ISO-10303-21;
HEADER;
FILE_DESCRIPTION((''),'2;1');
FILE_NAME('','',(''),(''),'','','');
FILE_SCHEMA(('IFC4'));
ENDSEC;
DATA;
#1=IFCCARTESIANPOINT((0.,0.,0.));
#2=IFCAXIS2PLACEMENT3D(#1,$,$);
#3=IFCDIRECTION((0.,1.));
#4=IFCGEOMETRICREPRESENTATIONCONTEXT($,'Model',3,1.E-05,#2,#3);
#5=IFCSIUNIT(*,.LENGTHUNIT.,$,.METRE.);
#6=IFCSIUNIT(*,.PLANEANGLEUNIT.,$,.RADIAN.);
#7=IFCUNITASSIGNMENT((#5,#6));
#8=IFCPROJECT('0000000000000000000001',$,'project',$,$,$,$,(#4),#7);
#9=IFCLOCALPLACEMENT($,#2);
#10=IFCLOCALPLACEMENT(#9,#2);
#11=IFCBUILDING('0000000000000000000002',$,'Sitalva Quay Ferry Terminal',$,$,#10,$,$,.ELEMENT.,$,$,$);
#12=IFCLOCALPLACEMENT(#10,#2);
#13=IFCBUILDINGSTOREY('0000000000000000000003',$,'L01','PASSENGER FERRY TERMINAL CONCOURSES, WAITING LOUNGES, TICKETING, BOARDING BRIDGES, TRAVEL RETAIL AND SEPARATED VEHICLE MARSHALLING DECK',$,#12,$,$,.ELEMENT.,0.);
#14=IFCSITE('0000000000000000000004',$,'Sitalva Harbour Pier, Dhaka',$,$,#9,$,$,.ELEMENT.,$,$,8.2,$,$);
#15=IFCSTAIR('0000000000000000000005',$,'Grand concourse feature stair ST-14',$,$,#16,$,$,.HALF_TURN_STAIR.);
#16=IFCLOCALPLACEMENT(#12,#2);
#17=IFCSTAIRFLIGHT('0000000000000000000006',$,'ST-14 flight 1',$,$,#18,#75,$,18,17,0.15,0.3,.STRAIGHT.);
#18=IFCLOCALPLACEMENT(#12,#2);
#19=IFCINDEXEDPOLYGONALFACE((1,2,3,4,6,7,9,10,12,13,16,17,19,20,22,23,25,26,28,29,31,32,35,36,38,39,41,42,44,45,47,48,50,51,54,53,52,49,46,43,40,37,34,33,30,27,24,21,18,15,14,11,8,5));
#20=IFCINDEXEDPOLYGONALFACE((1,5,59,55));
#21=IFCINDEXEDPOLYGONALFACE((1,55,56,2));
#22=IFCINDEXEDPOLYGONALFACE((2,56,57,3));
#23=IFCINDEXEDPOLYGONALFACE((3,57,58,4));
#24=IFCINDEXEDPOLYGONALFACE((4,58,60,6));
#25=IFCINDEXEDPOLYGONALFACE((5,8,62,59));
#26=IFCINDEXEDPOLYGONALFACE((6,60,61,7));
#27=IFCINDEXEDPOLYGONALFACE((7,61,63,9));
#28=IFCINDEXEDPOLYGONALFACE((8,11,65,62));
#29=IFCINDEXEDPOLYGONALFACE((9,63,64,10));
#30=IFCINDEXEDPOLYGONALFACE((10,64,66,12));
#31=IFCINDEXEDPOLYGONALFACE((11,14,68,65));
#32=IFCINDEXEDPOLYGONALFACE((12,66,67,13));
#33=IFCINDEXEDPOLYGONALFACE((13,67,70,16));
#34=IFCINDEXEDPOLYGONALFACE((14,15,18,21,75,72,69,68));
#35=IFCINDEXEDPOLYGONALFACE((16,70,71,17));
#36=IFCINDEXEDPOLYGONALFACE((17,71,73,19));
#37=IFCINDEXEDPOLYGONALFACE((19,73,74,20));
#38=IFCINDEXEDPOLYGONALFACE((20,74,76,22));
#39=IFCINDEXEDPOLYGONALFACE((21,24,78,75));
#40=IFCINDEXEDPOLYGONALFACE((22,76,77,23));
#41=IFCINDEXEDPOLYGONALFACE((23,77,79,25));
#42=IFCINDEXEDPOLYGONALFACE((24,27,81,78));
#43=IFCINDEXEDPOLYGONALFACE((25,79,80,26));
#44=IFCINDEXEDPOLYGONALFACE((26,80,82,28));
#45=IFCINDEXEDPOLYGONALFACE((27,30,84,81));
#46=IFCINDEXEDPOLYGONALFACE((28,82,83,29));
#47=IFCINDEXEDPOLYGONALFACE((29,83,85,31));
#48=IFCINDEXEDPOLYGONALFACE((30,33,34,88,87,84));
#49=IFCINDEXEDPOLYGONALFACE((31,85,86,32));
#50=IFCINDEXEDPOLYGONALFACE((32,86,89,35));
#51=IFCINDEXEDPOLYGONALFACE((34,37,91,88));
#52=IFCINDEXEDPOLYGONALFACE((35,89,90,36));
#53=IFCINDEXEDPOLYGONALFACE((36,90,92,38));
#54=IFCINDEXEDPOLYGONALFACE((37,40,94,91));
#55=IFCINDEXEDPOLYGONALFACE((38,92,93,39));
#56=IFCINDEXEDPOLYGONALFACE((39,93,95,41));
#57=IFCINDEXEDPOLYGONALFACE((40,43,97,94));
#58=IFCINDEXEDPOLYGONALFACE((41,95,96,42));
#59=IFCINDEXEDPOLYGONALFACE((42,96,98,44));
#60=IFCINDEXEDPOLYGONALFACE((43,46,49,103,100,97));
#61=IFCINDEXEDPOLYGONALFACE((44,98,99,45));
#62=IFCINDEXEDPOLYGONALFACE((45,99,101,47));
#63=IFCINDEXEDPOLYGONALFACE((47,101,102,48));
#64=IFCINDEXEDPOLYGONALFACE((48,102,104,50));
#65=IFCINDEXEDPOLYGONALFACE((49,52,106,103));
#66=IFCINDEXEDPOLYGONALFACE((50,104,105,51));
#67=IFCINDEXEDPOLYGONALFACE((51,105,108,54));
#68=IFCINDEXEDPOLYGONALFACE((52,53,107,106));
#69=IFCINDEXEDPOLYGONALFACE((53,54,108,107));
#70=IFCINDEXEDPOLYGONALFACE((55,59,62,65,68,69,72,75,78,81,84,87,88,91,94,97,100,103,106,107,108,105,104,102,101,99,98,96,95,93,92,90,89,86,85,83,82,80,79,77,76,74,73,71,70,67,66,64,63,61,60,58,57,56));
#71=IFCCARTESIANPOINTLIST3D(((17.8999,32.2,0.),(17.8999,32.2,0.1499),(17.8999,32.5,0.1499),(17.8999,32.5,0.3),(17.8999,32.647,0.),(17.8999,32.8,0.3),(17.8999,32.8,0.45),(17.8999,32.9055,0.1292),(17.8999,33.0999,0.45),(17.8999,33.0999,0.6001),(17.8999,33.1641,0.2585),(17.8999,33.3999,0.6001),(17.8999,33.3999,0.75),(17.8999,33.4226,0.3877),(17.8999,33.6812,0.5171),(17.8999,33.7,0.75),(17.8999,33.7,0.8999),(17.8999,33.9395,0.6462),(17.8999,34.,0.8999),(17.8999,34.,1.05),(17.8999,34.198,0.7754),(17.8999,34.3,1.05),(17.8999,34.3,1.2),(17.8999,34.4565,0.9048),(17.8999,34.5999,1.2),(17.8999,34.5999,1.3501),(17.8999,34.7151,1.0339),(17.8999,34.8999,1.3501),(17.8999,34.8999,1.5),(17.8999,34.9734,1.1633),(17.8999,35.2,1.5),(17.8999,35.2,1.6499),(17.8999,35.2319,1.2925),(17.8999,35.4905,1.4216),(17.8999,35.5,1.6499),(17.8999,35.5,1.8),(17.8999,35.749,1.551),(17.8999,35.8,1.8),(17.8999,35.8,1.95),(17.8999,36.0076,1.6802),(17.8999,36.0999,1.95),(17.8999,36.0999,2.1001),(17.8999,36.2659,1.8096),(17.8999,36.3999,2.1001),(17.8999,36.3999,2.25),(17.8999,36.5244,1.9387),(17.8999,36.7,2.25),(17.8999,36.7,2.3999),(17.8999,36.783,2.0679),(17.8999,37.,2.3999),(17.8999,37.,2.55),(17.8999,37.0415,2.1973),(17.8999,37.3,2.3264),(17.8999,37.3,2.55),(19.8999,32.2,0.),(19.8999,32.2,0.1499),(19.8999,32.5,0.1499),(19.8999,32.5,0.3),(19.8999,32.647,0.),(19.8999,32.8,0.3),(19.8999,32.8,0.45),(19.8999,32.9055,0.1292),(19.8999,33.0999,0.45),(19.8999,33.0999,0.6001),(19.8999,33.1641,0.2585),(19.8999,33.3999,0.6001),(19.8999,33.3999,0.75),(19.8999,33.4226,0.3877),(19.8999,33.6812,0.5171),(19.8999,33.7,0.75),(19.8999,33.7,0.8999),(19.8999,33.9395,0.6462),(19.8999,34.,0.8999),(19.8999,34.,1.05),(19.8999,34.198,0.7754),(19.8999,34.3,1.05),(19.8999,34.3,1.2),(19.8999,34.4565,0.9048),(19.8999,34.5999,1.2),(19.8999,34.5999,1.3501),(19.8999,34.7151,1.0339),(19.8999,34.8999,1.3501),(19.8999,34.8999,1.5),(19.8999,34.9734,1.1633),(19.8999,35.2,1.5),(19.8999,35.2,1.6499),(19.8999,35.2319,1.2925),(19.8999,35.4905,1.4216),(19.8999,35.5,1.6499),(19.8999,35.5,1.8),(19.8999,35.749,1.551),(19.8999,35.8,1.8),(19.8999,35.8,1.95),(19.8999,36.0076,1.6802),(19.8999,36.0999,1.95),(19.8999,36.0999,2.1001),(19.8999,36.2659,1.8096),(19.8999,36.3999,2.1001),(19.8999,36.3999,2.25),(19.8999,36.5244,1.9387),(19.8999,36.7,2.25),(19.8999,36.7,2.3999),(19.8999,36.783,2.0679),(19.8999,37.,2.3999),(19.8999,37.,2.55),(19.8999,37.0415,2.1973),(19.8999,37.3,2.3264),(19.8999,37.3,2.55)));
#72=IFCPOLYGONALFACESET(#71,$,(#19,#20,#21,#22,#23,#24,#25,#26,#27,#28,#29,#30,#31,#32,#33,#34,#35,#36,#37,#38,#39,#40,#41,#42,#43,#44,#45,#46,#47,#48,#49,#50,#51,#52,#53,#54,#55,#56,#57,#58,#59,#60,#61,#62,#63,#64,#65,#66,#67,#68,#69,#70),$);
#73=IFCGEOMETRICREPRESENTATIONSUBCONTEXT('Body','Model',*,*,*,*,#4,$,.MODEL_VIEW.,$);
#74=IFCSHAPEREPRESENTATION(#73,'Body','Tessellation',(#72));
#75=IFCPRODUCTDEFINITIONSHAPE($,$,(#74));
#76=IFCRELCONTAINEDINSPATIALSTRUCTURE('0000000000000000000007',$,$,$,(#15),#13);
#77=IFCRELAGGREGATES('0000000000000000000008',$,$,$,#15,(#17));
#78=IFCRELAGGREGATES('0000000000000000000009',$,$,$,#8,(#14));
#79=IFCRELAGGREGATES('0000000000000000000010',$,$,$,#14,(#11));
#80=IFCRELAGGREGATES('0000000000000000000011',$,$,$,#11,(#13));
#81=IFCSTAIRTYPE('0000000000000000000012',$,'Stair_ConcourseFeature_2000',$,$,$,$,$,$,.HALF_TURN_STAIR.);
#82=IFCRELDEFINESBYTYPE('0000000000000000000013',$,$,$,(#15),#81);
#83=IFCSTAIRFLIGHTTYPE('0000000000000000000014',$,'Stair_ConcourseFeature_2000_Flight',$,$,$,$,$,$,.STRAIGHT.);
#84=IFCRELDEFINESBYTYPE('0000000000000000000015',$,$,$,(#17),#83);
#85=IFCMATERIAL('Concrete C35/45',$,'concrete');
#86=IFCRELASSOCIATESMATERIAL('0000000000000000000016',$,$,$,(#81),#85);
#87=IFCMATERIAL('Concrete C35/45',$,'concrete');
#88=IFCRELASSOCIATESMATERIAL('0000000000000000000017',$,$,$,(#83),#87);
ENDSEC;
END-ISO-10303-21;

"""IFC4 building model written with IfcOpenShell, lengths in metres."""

from ifc_helpers import new_model, si_unit, direction, frame, origin, place, context, subcontext, project, spatial, polyline, outline, extrude, material, type_object, element, aggregate, save


model = new_model("IFC4")

# Units and contexts
model_context = context("Model", 3, precision=1e-05, world=origin(), true_north=direction((0.0, 1.0)))
body_context = subcontext(model_context, "Body", "Model", "MODEL_VIEW")
ifc_project = project(units=[si_unit("LENGTHUNIT", "METRE"), si_unit("PLANEANGLEUNIT", "RADIAN")], contexts=[model_context])

# Site, building, storey
site_placement = place(None, origin())
site = spatial("IfcSite", under=ifc_project, at=site_placement, Name="Sitalva Harbour Pier, Dhaka", CompositionType="ELEMENT", RefElevation=8.2)
building_placement = place(site_placement, origin())
building = spatial("IfcBuilding", under=site, at=building_placement, Name="Sitalva Quay Ferry Terminal", CompositionType="ELEMENT")
storey_placement = place(building_placement, origin())
storey = spatial("IfcBuildingStorey", under=building, at=storey_placement, Name="L01", Description="PASSENGER FERRY TERMINAL CONCOURSES, WAITING LOUNGES, TICKETING, BOARDING BRIDGES, TRAVEL RETAIL AND SEPARATED VEHICLE MARSHALLING DECK", CompositionType="ELEMENT", Elevation=0.0)

# Stair, stair flight
ifc_material_1 = material(Name="Concrete C35/45", Category="concrete")
stair_type = type_object("IfcStairType", Name="Stair_ConcourseFeature_2000", PredefinedType="HALF_TURN_STAIR", material=ifc_material_1)
stair_placement = place(storey_placement, origin())
stair = element("IfcStair", 1, at=stair_placement, inside=storey, type_object=stair_type, Name="Grand concourse feature stair ST-14", PredefinedType="HALF_TURN_STAIR")
ifc_material_2 = material(Name="Concrete C35/45", Category="concrete")
stair_flight_type = type_object("IfcStairFlightType", Name="Stair_ConcourseFeature_2000_Flight", PredefinedType="STRAIGHT", material=ifc_material_2)
stair_flight_placement = place(storey_placement, frame((18.8999, 32.2, 0.0), z_axis=(0.0, 0.0, 1.0), x_axis=(0.0, 1.0, 0.0)))
stair_flight = element("IfcStairFlight", 2, at=stair_flight_placement, type_object=stair_flight_type, Name="ST-14 flight 1", NumberOfRisers=18, NumberOfTreads=17, PredefinedType="STRAIGHT", RiserHeight=0.15, TreadLength=0.3, context=body_context, shape_type="SweptSolid", body=[
    extrude(outline(polyline([(0.0, 0.0), (0.0, 0.1499), (0.3, 0.1499), (0.3, 0.3), (0.6001, 0.3), (0.6001, 0.45), (0.8999, 0.45), (0.8999, 0.6001), (1.2, 0.6001), (1.2, 0.75), (1.5, 0.75), (1.5, 0.8999), (1.8, 0.8999), (1.8, 1.05), (2.1001, 1.05), (2.1001, 1.2), (2.3999, 1.2), (2.3999, 1.3501), (2.7, 1.3501), (2.7, 1.5), (3.0, 1.5), (3.0, 1.6499), (3.3, 1.6499), (3.3, 1.8), (3.6001, 1.8), (3.6001, 1.95), (3.8999, 1.95), (3.8999, 2.1001), (4.2, 2.1001), (4.2, 2.25), (4.5, 2.25), (4.5, 2.3999), (4.8, 2.3999), (4.8, 2.55), (5.1001, 2.55), (5.1001, 2.7), (5.1001, 2.3264), (4.8416, 2.1973), (4.583, 2.0679), (4.3245, 1.9387), (4.0659, 1.8096), (3.8076, 1.6802), (3.5491, 1.551), (3.2905, 1.4216), (3.032, 1.2925), (2.7734, 1.1633), (2.5151, 1.0339), (2.2566, 0.9048), (1.998, 0.7754), (1.7395, 0.6462), (1.4812, 0.5171), (1.2227, 0.3877), (0.9641, 0.2585), (0.7056, 0.1292), (0.447, 0.0), (0.0, 0.0)])), frame((0.0, 1.0, 0.0), z_axis=(0.0, -1.0, 0.0), x_axis=(1.0, 0.0, 0.0)), (0.0, 0.0, 1.0), 2.0),
])
aggregate(stair, [stair_flight])

save(model, "model.ifc")
